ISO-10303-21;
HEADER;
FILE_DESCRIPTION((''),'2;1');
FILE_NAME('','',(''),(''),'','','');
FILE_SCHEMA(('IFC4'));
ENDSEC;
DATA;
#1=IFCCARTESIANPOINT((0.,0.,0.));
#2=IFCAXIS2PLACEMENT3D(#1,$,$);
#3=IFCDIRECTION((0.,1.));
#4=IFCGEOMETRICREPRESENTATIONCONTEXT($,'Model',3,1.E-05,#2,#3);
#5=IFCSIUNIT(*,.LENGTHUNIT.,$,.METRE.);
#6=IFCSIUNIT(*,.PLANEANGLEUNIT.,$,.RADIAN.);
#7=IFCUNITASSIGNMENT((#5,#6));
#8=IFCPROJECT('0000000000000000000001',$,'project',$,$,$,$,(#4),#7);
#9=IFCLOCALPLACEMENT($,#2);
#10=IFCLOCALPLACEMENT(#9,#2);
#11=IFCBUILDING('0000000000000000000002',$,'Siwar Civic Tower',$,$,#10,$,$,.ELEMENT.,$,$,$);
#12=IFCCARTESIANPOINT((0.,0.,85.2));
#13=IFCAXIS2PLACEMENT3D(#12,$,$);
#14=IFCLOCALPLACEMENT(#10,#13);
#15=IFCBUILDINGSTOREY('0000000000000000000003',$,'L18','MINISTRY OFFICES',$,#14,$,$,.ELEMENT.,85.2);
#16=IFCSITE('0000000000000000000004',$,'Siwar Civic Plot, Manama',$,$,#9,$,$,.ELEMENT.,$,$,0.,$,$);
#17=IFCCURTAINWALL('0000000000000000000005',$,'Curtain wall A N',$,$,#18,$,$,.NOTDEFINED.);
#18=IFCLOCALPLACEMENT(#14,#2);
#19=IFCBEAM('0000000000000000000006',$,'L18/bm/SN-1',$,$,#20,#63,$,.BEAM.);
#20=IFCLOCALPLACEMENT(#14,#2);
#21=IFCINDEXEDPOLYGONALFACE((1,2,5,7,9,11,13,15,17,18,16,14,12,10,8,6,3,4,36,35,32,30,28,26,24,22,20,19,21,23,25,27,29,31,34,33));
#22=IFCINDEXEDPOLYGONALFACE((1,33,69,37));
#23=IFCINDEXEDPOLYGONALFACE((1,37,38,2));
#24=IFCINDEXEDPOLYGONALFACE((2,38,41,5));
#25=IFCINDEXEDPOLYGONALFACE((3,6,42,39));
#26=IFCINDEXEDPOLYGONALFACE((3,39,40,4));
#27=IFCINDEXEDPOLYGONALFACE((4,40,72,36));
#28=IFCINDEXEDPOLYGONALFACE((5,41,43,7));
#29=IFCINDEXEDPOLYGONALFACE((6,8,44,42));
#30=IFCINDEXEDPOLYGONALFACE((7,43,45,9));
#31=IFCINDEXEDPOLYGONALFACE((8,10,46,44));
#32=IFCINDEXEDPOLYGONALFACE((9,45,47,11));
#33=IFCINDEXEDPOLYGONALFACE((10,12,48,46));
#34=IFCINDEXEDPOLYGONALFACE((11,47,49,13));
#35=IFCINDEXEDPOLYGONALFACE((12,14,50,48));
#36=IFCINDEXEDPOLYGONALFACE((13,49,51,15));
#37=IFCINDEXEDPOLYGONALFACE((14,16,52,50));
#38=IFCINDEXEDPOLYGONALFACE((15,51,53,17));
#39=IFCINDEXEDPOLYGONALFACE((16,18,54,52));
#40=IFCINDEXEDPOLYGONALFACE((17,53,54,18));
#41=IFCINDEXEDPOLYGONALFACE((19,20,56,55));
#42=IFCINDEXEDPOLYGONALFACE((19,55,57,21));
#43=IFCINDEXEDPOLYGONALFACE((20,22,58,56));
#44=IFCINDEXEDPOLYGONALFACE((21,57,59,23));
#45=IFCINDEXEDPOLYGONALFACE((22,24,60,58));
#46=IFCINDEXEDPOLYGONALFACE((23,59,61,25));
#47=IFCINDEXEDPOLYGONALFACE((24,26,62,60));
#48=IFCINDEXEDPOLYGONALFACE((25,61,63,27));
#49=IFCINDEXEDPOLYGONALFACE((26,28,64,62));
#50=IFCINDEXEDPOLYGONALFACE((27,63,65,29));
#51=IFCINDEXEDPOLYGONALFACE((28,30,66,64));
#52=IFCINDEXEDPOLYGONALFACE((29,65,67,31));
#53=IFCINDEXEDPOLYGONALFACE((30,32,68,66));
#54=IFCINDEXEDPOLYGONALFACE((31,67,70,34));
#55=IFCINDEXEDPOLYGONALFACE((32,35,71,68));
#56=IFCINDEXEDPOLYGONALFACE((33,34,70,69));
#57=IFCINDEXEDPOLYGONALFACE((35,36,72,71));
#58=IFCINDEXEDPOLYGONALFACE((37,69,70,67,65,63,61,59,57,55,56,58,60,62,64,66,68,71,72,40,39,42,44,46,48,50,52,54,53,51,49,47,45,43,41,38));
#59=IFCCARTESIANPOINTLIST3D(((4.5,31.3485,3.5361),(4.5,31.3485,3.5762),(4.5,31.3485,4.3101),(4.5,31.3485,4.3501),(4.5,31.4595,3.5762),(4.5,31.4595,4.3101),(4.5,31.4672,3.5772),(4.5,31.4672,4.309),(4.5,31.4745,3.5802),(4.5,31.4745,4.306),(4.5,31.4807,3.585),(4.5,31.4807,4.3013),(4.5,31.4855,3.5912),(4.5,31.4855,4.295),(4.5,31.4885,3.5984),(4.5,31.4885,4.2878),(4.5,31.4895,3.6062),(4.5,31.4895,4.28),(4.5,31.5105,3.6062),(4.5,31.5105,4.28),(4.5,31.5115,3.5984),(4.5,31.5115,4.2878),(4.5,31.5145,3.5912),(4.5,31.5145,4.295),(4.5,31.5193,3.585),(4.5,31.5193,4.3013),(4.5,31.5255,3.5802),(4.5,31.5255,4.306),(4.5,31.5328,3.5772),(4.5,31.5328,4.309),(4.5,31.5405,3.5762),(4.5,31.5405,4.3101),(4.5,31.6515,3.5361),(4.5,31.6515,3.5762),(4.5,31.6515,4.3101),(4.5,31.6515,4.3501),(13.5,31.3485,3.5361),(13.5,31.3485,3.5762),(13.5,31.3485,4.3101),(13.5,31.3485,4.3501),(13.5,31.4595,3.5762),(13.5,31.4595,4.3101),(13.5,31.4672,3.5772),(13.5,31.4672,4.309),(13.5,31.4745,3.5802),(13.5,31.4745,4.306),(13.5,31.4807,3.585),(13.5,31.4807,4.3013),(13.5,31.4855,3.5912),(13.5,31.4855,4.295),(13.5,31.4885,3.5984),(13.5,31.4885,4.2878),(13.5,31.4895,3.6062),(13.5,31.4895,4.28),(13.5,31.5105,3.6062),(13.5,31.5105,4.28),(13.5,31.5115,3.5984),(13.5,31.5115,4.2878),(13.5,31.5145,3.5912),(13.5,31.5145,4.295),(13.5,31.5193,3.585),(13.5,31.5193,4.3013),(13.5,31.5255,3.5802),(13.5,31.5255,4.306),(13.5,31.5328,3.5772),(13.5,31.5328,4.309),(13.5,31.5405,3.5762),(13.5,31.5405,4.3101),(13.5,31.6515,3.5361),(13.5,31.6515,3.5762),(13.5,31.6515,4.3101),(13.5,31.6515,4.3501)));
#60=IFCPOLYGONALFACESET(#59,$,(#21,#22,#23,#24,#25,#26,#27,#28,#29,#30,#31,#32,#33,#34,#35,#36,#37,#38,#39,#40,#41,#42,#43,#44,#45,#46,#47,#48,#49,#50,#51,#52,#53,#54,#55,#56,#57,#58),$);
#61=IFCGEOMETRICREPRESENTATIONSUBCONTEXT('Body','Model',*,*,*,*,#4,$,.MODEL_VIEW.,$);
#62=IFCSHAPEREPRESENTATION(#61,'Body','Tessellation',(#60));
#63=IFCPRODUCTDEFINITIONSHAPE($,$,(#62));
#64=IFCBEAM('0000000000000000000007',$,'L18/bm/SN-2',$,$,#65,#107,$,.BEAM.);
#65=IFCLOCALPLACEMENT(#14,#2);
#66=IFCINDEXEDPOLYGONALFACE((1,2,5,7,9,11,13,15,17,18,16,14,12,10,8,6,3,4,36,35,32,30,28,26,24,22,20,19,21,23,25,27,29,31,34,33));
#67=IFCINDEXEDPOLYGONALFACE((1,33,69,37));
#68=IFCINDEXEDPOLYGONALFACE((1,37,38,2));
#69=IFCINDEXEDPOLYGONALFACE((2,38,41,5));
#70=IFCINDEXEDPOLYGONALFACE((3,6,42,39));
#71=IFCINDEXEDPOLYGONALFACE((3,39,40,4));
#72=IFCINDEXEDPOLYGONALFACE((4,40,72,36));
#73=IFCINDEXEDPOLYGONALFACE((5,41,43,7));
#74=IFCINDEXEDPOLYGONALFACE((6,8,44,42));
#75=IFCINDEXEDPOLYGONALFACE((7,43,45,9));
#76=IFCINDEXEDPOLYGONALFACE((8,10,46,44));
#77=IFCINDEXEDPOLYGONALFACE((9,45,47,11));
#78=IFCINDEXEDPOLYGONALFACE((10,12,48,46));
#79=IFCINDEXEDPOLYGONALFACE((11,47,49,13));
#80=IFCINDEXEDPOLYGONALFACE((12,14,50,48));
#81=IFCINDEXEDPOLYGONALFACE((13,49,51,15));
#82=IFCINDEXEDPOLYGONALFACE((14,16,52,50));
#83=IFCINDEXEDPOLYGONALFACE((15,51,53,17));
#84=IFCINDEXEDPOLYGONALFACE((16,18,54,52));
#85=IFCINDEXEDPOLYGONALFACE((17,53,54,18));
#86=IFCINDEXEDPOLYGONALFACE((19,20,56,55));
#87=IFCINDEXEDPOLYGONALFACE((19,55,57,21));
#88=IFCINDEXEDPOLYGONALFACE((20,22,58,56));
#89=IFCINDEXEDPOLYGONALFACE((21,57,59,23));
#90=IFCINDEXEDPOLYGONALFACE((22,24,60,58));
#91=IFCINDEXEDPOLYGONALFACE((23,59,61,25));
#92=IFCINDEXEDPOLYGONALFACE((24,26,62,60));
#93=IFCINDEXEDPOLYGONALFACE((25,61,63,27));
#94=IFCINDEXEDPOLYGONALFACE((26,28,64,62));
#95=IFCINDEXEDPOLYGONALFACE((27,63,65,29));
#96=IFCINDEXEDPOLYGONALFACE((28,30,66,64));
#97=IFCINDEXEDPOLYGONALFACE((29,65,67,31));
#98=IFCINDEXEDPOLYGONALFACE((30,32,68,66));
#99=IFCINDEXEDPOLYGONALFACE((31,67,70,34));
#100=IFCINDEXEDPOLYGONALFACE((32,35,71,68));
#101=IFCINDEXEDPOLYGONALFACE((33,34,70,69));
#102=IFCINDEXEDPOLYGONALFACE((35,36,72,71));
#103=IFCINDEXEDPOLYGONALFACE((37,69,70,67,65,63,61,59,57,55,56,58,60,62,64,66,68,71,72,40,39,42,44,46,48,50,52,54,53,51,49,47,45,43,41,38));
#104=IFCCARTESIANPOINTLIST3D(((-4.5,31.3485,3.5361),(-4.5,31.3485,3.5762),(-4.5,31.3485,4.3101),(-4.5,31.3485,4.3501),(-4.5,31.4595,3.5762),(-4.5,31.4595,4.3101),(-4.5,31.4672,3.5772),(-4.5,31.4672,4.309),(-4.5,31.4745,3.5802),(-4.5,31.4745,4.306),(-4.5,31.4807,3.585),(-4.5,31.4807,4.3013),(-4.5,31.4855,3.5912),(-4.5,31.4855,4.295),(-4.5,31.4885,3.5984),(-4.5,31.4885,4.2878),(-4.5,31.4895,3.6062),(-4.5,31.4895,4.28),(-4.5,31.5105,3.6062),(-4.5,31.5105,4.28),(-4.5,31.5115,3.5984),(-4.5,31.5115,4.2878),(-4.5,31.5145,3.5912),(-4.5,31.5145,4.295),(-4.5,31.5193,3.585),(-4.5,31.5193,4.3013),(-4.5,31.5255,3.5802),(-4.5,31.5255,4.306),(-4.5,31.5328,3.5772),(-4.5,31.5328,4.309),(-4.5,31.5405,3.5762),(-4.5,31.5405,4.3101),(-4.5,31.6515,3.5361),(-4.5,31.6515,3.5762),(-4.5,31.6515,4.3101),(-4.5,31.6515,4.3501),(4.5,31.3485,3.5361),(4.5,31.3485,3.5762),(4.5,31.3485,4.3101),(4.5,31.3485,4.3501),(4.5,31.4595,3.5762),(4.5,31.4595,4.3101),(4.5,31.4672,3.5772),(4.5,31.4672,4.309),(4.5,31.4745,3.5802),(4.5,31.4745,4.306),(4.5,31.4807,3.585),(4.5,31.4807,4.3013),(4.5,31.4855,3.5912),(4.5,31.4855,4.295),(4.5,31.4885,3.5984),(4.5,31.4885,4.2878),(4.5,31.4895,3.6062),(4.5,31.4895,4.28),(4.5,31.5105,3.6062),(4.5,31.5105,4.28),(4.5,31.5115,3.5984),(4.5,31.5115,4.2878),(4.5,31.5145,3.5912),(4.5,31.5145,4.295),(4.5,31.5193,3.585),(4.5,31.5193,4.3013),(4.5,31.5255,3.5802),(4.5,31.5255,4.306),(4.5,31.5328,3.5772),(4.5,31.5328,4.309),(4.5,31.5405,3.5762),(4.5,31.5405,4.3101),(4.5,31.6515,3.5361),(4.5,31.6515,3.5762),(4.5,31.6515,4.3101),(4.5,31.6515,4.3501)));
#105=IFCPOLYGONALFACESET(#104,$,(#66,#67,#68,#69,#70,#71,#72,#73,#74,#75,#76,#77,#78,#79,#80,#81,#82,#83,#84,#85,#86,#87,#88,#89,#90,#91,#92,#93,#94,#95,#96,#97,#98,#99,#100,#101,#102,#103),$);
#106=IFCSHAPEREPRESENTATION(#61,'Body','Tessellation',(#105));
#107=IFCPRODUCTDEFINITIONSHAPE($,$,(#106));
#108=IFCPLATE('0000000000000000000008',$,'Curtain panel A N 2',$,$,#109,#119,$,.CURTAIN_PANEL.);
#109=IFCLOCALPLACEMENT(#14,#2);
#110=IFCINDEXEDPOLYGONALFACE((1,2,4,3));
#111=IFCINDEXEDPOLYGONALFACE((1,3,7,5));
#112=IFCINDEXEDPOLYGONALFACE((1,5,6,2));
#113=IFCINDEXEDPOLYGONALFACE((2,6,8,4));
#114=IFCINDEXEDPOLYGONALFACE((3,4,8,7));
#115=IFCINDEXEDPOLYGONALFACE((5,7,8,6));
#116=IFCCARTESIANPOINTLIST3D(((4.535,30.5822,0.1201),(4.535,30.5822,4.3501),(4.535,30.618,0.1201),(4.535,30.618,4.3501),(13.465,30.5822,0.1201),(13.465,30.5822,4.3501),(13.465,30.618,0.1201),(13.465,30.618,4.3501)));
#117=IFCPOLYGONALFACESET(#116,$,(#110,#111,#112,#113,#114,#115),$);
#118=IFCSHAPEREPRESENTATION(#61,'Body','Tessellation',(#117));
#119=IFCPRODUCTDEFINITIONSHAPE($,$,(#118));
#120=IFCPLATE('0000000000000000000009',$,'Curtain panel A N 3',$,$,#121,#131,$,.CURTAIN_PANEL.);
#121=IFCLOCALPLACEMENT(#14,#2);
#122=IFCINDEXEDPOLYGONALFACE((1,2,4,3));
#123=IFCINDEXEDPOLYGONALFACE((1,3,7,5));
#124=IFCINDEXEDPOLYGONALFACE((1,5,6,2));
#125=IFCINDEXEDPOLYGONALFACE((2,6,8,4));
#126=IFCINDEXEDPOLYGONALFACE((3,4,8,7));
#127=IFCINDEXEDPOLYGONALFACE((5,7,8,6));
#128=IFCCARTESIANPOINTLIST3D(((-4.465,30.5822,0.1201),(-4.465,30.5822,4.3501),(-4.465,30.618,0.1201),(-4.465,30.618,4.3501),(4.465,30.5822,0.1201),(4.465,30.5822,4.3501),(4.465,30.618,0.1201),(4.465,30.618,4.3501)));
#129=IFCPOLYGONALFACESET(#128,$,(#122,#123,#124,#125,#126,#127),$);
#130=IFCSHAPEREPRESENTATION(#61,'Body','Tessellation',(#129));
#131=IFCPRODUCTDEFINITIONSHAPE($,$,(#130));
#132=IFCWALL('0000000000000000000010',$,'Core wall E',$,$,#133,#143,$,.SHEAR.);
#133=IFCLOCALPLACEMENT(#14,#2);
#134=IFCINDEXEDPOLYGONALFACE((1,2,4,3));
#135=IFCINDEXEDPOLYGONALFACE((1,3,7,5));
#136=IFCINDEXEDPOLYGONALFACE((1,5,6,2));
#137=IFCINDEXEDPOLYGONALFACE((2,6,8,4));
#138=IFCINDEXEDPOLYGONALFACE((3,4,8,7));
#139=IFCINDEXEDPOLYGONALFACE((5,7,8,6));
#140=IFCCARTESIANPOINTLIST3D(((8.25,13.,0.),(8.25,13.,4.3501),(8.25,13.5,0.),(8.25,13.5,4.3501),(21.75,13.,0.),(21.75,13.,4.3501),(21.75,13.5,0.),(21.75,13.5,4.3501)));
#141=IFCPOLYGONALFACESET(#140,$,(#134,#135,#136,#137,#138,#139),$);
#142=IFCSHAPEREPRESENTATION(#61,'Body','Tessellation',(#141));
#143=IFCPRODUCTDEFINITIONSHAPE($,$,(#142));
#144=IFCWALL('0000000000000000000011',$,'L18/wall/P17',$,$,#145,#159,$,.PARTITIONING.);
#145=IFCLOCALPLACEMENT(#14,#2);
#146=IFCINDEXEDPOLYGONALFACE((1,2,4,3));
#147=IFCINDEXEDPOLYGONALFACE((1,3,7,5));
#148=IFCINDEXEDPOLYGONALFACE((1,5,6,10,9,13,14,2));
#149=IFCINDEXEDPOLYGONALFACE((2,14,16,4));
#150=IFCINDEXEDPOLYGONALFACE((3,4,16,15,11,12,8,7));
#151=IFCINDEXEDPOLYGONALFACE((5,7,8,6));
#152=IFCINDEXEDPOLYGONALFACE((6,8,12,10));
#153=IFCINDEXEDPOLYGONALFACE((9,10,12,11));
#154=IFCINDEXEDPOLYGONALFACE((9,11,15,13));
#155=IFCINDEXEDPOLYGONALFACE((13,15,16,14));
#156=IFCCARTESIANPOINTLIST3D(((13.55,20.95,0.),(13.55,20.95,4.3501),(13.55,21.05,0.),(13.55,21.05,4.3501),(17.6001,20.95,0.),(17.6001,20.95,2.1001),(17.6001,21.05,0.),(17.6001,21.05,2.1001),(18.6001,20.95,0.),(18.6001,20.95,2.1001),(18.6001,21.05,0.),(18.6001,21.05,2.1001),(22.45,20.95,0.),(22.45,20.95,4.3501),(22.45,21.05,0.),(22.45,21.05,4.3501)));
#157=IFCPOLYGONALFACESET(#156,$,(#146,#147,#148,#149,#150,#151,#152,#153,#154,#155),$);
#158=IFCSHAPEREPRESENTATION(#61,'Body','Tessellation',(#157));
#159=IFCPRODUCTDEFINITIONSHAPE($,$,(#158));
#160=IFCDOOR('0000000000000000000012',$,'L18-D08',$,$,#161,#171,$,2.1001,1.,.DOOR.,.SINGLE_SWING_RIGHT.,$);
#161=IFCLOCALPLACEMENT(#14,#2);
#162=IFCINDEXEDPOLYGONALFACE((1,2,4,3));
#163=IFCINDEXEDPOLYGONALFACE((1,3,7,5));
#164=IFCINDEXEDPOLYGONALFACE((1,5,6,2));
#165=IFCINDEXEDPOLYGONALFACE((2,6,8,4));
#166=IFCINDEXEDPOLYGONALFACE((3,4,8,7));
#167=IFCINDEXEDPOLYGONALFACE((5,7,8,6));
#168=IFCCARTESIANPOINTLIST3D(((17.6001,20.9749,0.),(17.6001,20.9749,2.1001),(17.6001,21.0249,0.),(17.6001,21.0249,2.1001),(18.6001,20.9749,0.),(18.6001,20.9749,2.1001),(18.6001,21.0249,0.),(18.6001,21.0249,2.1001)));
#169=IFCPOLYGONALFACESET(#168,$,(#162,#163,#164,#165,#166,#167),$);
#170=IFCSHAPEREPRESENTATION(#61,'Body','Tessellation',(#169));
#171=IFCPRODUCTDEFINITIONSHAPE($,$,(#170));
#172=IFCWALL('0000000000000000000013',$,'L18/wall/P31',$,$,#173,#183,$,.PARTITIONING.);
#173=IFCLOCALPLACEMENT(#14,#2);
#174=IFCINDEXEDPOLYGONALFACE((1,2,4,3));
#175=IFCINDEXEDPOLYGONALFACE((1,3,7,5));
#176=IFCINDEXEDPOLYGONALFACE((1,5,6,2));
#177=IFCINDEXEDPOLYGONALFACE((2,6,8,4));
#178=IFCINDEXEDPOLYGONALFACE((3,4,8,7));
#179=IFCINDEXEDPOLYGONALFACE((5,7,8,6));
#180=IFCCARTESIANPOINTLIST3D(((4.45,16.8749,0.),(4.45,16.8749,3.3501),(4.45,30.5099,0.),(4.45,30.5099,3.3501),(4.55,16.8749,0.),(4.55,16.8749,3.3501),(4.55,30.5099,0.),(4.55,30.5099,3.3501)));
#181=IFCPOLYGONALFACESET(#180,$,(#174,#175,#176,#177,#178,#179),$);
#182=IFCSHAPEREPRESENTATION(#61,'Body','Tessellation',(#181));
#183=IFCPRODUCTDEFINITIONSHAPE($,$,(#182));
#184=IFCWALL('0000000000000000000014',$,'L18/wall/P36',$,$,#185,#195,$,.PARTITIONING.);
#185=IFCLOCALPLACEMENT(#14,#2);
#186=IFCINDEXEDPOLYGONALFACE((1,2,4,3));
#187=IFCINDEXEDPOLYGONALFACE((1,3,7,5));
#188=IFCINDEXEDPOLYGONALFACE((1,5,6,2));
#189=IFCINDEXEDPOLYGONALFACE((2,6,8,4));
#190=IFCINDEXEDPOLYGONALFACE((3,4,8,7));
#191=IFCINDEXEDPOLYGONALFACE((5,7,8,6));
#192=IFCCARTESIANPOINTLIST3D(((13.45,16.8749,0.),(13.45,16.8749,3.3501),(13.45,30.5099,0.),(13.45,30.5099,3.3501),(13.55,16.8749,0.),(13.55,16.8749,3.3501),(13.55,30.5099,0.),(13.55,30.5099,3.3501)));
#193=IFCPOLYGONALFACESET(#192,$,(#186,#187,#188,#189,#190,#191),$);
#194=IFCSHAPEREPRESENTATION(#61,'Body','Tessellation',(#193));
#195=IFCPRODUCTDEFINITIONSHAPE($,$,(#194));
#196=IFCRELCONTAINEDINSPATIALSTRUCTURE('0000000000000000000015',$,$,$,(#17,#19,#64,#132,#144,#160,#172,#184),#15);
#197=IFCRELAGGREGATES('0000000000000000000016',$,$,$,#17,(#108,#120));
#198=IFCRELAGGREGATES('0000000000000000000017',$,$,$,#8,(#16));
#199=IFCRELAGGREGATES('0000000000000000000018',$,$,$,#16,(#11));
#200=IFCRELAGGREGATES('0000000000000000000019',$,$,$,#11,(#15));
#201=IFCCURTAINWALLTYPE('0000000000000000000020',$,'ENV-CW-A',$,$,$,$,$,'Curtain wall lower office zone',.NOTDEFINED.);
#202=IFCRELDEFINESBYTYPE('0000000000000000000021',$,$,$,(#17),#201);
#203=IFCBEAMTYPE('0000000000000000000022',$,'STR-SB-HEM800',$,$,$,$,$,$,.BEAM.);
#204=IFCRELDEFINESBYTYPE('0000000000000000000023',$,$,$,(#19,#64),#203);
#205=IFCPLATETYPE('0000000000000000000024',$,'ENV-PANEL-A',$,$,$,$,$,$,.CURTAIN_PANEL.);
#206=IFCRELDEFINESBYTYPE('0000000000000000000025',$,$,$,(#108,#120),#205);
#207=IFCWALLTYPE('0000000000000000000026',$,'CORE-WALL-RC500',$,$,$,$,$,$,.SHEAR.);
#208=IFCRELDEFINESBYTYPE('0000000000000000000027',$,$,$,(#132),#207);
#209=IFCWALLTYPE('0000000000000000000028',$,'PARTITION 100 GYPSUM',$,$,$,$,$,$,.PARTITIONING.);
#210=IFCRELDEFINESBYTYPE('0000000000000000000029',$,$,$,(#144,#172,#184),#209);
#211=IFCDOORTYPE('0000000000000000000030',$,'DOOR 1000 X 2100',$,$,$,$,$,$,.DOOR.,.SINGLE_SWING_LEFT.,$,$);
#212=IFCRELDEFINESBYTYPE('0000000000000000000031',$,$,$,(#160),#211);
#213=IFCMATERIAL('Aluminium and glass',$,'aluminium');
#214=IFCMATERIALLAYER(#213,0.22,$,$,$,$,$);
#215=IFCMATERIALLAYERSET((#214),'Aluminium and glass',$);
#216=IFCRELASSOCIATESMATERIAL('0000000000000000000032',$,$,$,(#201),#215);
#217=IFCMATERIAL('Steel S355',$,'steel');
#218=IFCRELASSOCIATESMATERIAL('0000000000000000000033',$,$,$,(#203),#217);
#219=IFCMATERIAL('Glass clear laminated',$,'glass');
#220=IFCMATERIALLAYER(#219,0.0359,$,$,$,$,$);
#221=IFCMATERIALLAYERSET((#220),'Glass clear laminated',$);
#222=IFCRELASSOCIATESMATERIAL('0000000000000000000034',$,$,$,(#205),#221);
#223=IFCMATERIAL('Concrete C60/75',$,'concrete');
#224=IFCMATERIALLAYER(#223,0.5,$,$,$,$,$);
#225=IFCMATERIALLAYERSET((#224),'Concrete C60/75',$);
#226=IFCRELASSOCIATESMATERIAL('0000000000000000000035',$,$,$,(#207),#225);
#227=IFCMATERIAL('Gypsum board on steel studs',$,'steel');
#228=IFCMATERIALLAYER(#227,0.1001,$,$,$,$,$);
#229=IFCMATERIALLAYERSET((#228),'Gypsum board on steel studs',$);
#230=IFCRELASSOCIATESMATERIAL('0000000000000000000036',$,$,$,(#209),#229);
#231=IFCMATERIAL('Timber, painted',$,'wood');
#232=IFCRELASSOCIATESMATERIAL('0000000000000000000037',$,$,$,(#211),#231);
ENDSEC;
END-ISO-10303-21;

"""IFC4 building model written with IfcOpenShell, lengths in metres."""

from ifc_helpers import new_model, si_unit, direction, frame, frame_2d, origin, origin_2d, place, context, subcontext, project, spatial, rectangle, i_section, extrude, material, layer, layer_set, material_profile, profile_set, type_object, element, fill, aggregate, save


model = new_model("IFC4")

# Units and contexts
model_context = context("Model", 3, precision=1e-05, world=origin(), true_north=direction((0.0, 1.0)))
body_context = subcontext(model_context, "Body", "Model", "MODEL_VIEW")
ifc_project = project(units=[si_unit("LENGTHUNIT", "METRE"), si_unit("PLANEANGLEUNIT", "RADIAN")], contexts=[model_context])

# Site, building, storey
site_placement = place(None, origin())
site = spatial("IfcSite", under=ifc_project, at=site_placement, Name="Siwar Civic Plot, Manama", CompositionType="ELEMENT", RefElevation=0.0)
building_placement = place(site_placement, origin())
building = spatial("IfcBuilding", under=site, at=building_placement, Name="Siwar Civic Tower", CompositionType="ELEMENT")
storey_placement = place(building_placement, frame((0.0, 0.0, 85.2)))
storey = spatial("IfcBuildingStorey", under=building, at=storey_placement, Name="L18", Description="MINISTRY OFFICES", CompositionType="ELEMENT", Elevation=85.2)

# Curtain wall
ifc_material_1 = material(Name="Aluminium and glass", Category="aluminium")
ifc_layer_1 = layer(ifc_material_1, 0.22)
ifc_layer_set_1 = layer_set([ifc_layer_1], Name="Aluminium and glass")
curtain_wall_type = type_object("IfcCurtainWallType", Name="ENV-CW-A", ElementType="Curtain wall lower office zone", PredefinedType="NOTDEFINED", material=ifc_layer_set_1)
curtain_wall_placement = place(storey_placement, origin())
curtain_wall = element("IfcCurtainWall", 1, at=curtain_wall_placement, inside=storey, type_object=curtain_wall_type, Name="Curtain wall A N", PredefinedType="NOTDEFINED")

# Beams
ifc_material_2 = material(Name="Steel S355", Category="steel")
ifc_material_profile_1 = material_profile(ifc_material_2, i_section(OverallWidth=0.303, OverallDepth=0.814, WebThickness=0.021, FlangeThickness=0.04, FilletRadius=0.03, at=origin_2d()), Name="HEM800")
ifc_profile_set_1 = profile_set([ifc_material_profile_1], Name="Steel S355")
beam_type_1 = type_object("IfcBeamType", Name="STR-SB-HEM800", PredefinedType="BEAM", material=ifc_profile_set_1)
for number, where, z_axis, x_axis, name in (
    (2, (13.5, 31.5, 3.9431), (-1.0, 0.0, 0.0), (0.0, -1.0, 0.0), "L18/bm/SN-1"),
    (3, (4.5, 31.5, 3.9431), (-1.0, 0.0, 0.0), (0.0, -1.0, 0.0), "L18/bm/SN-2"),
):
    element("IfcBeam", number, at=place(storey_placement, frame(where, z_axis=z_axis, x_axis=x_axis)), inside=storey, type_object=beam_type_1, Name=name, PredefinedType="BEAM", context=body_context, shape_type="SweptSolid", body=[
        extrude(i_section(OverallWidth=0.303, OverallDepth=0.814, WebThickness=0.021, FlangeThickness=0.04, FilletRadius=0.03, at=origin_2d()), origin(), (0.0, 0.0, 1.0), 9.0),
    ])

# Plates
ifc_material_3 = material(Name="Glass clear laminated", Category="glass")
ifc_layer_2 = layer(ifc_material_3, 0.0359)
ifc_layer_set_2 = layer_set([ifc_layer_2], Name="Glass clear laminated")
plate_type = type_object("IfcPlateType", Name="ENV-PANEL-A", PredefinedType="CURTAIN_PANEL", material=ifc_layer_set_2)
plate_1_placement = place(storey_placement, frame((9.0, 30.6001, 0.1201), z_axis=(0.0, 0.0, 1.0), x_axis=(-1.0, 0.0, 0.0)))
plate_1 = element("IfcPlate", 4, at=plate_1_placement, type_object=plate_type, Name="Curtain panel A N 2", PredefinedType="CURTAIN_PANEL", context=body_context, shape_type="SweptSolid", body=[
    extrude(rectangle(XDim=8.9299, YDim=0.0359, at=origin_2d()), origin(), (0.0, 0.0, 1.0), 4.23),
])
plate_2_placement = place(storey_placement, frame((0.0, 30.6001, 0.1201), z_axis=(0.0, 0.0, 1.0), x_axis=(-1.0, 0.0, 0.0)))
plate_2 = element("IfcPlate", 5, at=plate_2_placement, type_object=plate_type, Name="Curtain panel A N 3", PredefinedType="CURTAIN_PANEL", context=body_context, shape_type="SweptSolid", body=[
    extrude(rectangle(XDim=8.9299, YDim=0.0359, at=origin_2d()), origin(), (0.0, 0.0, 1.0), 4.23),
])
aggregate(curtain_wall, [plate_1, plate_2])

# Wall
ifc_material_4 = material(Name="Concrete C60/75", Category="concrete")
ifc_layer_3 = layer(ifc_material_4, 0.5)
ifc_layer_set_3 = layer_set([ifc_layer_3], Name="Concrete C60/75")
wall_type_1 = type_object("IfcWallType", Name="CORE-WALL-RC500", PredefinedType="SHEAR", material=ifc_layer_set_3)
wall_1_placement = place(storey_placement, frame((8.25, 13.25, 0.0), z_axis=(0.0, 0.0, 1.0), x_axis=(1.0, 0.0, 0.0)))
element("IfcWall", 6, at=wall_1_placement, inside=storey, type_object=wall_type_1, Name="Core wall E", PredefinedType="SHEAR", context=body_context, shape_type="SweptSolid", body=[
    extrude(rectangle(XDim=13.5, YDim=0.5, at=frame_2d((6.75, 0.0))), origin(), (0.0, 0.0, 1.0), 4.3501),
])

# Wall, opening, door
ifc_material_5 = material(Name="Gypsum board on steel studs", Category="steel")
ifc_layer_4 = layer(ifc_material_5, 0.1001)
ifc_layer_set_4 = layer_set([ifc_layer_4], Name="Gypsum board on steel studs")
wall_type_2 = type_object("IfcWallType", Name="PARTITION 100 GYPSUM", PredefinedType="PARTITIONING", material=ifc_layer_set_4)
wall_2_placement = place(storey_placement, frame((13.55, 21.0, 0.0), z_axis=(0.0, 0.0, 1.0), x_axis=(1.0, 0.0, 0.0)))
wall_2 = element("IfcWall", 7, at=wall_2_placement, inside=storey, type_object=wall_type_2, Name="L18/wall/P17", PredefinedType="PARTITIONING", context=body_context, shape_type="SweptSolid", body=[
    extrude(rectangle(XDim=8.8999, YDim=0.1001, at=frame_2d((4.45, 0.0))), origin(), (0.0, 0.0, 1.0), 4.3501),
])
opening_placement = place(wall_2_placement, frame((4.05, 0.0, 0.0)))
opening = element("IfcOpeningElement", 8, at=opening_placement, cuts=wall_2, PredefinedType="OPENING", context=body_context, shape_type="SweptSolid", body=[
    extrude(rectangle(XDim=1.0, YDim=2.1001, at=frame_2d((0.5, 1.05))), frame((0.0, 0.0601, 0.0), z_axis=(0.0, -1.0, 0.0), x_axis=(1.0, 0.0, 0.0)), (0.0, 0.0, 1.0), 0.1201),
])
ifc_material_6 = material(Name="Timber, painted", Category="wood")
door_type = type_object("IfcDoorType", Name="DOOR 1000 X 2100", OperationType="SINGLE_SWING_LEFT", PredefinedType="DOOR", material=ifc_material_6)
door_placement = place(opening_placement, origin())
door = element("IfcDoor", 9, at=door_placement, inside=storey, type_object=door_type, Name="L18-D08", OperationType="SINGLE_SWING_RIGHT", OverallHeight=2.1001, OverallWidth=1.0, PredefinedType="DOOR", context=body_context, shape_type="SweptSolid", body=[
    extrude(rectangle(XDim=1.0, YDim=2.1001, at=frame_2d((0.5, 1.05))), frame((0.0, 0.0249, 0.0), z_axis=(0.0, -1.0, 0.0), x_axis=(1.0, 0.0, 0.0)), (0.0, 0.0, 1.0), 0.05),
])
fill(opening, door)

# Walls
for number, where, z_axis, x_axis, name in (
    (10, (4.5, 16.875, 0.0), (0.0, 0.0, 1.0), (0.0, 1.0, 0.0), "L18/wall/P31"),
    (11, (13.5, 16.875, 0.0), (0.0, 0.0, 1.0), (0.0, 1.0, 0.0), "L18/wall/P36"),
):
    element("IfcWall", number, at=place(storey_placement, frame(where, z_axis=z_axis, x_axis=x_axis)), inside=storey, type_object=wall_type_2, Name=name, PredefinedType="PARTITIONING", context=body_context, shape_type="SweptSolid", body=[
        extrude(rectangle(XDim=13.635, YDim=0.1001, at=frame_2d((6.8174, 0.0))), origin(), (0.0, 0.0, 1.0), 3.3501),
    ])

save(model, "model.ifc")
